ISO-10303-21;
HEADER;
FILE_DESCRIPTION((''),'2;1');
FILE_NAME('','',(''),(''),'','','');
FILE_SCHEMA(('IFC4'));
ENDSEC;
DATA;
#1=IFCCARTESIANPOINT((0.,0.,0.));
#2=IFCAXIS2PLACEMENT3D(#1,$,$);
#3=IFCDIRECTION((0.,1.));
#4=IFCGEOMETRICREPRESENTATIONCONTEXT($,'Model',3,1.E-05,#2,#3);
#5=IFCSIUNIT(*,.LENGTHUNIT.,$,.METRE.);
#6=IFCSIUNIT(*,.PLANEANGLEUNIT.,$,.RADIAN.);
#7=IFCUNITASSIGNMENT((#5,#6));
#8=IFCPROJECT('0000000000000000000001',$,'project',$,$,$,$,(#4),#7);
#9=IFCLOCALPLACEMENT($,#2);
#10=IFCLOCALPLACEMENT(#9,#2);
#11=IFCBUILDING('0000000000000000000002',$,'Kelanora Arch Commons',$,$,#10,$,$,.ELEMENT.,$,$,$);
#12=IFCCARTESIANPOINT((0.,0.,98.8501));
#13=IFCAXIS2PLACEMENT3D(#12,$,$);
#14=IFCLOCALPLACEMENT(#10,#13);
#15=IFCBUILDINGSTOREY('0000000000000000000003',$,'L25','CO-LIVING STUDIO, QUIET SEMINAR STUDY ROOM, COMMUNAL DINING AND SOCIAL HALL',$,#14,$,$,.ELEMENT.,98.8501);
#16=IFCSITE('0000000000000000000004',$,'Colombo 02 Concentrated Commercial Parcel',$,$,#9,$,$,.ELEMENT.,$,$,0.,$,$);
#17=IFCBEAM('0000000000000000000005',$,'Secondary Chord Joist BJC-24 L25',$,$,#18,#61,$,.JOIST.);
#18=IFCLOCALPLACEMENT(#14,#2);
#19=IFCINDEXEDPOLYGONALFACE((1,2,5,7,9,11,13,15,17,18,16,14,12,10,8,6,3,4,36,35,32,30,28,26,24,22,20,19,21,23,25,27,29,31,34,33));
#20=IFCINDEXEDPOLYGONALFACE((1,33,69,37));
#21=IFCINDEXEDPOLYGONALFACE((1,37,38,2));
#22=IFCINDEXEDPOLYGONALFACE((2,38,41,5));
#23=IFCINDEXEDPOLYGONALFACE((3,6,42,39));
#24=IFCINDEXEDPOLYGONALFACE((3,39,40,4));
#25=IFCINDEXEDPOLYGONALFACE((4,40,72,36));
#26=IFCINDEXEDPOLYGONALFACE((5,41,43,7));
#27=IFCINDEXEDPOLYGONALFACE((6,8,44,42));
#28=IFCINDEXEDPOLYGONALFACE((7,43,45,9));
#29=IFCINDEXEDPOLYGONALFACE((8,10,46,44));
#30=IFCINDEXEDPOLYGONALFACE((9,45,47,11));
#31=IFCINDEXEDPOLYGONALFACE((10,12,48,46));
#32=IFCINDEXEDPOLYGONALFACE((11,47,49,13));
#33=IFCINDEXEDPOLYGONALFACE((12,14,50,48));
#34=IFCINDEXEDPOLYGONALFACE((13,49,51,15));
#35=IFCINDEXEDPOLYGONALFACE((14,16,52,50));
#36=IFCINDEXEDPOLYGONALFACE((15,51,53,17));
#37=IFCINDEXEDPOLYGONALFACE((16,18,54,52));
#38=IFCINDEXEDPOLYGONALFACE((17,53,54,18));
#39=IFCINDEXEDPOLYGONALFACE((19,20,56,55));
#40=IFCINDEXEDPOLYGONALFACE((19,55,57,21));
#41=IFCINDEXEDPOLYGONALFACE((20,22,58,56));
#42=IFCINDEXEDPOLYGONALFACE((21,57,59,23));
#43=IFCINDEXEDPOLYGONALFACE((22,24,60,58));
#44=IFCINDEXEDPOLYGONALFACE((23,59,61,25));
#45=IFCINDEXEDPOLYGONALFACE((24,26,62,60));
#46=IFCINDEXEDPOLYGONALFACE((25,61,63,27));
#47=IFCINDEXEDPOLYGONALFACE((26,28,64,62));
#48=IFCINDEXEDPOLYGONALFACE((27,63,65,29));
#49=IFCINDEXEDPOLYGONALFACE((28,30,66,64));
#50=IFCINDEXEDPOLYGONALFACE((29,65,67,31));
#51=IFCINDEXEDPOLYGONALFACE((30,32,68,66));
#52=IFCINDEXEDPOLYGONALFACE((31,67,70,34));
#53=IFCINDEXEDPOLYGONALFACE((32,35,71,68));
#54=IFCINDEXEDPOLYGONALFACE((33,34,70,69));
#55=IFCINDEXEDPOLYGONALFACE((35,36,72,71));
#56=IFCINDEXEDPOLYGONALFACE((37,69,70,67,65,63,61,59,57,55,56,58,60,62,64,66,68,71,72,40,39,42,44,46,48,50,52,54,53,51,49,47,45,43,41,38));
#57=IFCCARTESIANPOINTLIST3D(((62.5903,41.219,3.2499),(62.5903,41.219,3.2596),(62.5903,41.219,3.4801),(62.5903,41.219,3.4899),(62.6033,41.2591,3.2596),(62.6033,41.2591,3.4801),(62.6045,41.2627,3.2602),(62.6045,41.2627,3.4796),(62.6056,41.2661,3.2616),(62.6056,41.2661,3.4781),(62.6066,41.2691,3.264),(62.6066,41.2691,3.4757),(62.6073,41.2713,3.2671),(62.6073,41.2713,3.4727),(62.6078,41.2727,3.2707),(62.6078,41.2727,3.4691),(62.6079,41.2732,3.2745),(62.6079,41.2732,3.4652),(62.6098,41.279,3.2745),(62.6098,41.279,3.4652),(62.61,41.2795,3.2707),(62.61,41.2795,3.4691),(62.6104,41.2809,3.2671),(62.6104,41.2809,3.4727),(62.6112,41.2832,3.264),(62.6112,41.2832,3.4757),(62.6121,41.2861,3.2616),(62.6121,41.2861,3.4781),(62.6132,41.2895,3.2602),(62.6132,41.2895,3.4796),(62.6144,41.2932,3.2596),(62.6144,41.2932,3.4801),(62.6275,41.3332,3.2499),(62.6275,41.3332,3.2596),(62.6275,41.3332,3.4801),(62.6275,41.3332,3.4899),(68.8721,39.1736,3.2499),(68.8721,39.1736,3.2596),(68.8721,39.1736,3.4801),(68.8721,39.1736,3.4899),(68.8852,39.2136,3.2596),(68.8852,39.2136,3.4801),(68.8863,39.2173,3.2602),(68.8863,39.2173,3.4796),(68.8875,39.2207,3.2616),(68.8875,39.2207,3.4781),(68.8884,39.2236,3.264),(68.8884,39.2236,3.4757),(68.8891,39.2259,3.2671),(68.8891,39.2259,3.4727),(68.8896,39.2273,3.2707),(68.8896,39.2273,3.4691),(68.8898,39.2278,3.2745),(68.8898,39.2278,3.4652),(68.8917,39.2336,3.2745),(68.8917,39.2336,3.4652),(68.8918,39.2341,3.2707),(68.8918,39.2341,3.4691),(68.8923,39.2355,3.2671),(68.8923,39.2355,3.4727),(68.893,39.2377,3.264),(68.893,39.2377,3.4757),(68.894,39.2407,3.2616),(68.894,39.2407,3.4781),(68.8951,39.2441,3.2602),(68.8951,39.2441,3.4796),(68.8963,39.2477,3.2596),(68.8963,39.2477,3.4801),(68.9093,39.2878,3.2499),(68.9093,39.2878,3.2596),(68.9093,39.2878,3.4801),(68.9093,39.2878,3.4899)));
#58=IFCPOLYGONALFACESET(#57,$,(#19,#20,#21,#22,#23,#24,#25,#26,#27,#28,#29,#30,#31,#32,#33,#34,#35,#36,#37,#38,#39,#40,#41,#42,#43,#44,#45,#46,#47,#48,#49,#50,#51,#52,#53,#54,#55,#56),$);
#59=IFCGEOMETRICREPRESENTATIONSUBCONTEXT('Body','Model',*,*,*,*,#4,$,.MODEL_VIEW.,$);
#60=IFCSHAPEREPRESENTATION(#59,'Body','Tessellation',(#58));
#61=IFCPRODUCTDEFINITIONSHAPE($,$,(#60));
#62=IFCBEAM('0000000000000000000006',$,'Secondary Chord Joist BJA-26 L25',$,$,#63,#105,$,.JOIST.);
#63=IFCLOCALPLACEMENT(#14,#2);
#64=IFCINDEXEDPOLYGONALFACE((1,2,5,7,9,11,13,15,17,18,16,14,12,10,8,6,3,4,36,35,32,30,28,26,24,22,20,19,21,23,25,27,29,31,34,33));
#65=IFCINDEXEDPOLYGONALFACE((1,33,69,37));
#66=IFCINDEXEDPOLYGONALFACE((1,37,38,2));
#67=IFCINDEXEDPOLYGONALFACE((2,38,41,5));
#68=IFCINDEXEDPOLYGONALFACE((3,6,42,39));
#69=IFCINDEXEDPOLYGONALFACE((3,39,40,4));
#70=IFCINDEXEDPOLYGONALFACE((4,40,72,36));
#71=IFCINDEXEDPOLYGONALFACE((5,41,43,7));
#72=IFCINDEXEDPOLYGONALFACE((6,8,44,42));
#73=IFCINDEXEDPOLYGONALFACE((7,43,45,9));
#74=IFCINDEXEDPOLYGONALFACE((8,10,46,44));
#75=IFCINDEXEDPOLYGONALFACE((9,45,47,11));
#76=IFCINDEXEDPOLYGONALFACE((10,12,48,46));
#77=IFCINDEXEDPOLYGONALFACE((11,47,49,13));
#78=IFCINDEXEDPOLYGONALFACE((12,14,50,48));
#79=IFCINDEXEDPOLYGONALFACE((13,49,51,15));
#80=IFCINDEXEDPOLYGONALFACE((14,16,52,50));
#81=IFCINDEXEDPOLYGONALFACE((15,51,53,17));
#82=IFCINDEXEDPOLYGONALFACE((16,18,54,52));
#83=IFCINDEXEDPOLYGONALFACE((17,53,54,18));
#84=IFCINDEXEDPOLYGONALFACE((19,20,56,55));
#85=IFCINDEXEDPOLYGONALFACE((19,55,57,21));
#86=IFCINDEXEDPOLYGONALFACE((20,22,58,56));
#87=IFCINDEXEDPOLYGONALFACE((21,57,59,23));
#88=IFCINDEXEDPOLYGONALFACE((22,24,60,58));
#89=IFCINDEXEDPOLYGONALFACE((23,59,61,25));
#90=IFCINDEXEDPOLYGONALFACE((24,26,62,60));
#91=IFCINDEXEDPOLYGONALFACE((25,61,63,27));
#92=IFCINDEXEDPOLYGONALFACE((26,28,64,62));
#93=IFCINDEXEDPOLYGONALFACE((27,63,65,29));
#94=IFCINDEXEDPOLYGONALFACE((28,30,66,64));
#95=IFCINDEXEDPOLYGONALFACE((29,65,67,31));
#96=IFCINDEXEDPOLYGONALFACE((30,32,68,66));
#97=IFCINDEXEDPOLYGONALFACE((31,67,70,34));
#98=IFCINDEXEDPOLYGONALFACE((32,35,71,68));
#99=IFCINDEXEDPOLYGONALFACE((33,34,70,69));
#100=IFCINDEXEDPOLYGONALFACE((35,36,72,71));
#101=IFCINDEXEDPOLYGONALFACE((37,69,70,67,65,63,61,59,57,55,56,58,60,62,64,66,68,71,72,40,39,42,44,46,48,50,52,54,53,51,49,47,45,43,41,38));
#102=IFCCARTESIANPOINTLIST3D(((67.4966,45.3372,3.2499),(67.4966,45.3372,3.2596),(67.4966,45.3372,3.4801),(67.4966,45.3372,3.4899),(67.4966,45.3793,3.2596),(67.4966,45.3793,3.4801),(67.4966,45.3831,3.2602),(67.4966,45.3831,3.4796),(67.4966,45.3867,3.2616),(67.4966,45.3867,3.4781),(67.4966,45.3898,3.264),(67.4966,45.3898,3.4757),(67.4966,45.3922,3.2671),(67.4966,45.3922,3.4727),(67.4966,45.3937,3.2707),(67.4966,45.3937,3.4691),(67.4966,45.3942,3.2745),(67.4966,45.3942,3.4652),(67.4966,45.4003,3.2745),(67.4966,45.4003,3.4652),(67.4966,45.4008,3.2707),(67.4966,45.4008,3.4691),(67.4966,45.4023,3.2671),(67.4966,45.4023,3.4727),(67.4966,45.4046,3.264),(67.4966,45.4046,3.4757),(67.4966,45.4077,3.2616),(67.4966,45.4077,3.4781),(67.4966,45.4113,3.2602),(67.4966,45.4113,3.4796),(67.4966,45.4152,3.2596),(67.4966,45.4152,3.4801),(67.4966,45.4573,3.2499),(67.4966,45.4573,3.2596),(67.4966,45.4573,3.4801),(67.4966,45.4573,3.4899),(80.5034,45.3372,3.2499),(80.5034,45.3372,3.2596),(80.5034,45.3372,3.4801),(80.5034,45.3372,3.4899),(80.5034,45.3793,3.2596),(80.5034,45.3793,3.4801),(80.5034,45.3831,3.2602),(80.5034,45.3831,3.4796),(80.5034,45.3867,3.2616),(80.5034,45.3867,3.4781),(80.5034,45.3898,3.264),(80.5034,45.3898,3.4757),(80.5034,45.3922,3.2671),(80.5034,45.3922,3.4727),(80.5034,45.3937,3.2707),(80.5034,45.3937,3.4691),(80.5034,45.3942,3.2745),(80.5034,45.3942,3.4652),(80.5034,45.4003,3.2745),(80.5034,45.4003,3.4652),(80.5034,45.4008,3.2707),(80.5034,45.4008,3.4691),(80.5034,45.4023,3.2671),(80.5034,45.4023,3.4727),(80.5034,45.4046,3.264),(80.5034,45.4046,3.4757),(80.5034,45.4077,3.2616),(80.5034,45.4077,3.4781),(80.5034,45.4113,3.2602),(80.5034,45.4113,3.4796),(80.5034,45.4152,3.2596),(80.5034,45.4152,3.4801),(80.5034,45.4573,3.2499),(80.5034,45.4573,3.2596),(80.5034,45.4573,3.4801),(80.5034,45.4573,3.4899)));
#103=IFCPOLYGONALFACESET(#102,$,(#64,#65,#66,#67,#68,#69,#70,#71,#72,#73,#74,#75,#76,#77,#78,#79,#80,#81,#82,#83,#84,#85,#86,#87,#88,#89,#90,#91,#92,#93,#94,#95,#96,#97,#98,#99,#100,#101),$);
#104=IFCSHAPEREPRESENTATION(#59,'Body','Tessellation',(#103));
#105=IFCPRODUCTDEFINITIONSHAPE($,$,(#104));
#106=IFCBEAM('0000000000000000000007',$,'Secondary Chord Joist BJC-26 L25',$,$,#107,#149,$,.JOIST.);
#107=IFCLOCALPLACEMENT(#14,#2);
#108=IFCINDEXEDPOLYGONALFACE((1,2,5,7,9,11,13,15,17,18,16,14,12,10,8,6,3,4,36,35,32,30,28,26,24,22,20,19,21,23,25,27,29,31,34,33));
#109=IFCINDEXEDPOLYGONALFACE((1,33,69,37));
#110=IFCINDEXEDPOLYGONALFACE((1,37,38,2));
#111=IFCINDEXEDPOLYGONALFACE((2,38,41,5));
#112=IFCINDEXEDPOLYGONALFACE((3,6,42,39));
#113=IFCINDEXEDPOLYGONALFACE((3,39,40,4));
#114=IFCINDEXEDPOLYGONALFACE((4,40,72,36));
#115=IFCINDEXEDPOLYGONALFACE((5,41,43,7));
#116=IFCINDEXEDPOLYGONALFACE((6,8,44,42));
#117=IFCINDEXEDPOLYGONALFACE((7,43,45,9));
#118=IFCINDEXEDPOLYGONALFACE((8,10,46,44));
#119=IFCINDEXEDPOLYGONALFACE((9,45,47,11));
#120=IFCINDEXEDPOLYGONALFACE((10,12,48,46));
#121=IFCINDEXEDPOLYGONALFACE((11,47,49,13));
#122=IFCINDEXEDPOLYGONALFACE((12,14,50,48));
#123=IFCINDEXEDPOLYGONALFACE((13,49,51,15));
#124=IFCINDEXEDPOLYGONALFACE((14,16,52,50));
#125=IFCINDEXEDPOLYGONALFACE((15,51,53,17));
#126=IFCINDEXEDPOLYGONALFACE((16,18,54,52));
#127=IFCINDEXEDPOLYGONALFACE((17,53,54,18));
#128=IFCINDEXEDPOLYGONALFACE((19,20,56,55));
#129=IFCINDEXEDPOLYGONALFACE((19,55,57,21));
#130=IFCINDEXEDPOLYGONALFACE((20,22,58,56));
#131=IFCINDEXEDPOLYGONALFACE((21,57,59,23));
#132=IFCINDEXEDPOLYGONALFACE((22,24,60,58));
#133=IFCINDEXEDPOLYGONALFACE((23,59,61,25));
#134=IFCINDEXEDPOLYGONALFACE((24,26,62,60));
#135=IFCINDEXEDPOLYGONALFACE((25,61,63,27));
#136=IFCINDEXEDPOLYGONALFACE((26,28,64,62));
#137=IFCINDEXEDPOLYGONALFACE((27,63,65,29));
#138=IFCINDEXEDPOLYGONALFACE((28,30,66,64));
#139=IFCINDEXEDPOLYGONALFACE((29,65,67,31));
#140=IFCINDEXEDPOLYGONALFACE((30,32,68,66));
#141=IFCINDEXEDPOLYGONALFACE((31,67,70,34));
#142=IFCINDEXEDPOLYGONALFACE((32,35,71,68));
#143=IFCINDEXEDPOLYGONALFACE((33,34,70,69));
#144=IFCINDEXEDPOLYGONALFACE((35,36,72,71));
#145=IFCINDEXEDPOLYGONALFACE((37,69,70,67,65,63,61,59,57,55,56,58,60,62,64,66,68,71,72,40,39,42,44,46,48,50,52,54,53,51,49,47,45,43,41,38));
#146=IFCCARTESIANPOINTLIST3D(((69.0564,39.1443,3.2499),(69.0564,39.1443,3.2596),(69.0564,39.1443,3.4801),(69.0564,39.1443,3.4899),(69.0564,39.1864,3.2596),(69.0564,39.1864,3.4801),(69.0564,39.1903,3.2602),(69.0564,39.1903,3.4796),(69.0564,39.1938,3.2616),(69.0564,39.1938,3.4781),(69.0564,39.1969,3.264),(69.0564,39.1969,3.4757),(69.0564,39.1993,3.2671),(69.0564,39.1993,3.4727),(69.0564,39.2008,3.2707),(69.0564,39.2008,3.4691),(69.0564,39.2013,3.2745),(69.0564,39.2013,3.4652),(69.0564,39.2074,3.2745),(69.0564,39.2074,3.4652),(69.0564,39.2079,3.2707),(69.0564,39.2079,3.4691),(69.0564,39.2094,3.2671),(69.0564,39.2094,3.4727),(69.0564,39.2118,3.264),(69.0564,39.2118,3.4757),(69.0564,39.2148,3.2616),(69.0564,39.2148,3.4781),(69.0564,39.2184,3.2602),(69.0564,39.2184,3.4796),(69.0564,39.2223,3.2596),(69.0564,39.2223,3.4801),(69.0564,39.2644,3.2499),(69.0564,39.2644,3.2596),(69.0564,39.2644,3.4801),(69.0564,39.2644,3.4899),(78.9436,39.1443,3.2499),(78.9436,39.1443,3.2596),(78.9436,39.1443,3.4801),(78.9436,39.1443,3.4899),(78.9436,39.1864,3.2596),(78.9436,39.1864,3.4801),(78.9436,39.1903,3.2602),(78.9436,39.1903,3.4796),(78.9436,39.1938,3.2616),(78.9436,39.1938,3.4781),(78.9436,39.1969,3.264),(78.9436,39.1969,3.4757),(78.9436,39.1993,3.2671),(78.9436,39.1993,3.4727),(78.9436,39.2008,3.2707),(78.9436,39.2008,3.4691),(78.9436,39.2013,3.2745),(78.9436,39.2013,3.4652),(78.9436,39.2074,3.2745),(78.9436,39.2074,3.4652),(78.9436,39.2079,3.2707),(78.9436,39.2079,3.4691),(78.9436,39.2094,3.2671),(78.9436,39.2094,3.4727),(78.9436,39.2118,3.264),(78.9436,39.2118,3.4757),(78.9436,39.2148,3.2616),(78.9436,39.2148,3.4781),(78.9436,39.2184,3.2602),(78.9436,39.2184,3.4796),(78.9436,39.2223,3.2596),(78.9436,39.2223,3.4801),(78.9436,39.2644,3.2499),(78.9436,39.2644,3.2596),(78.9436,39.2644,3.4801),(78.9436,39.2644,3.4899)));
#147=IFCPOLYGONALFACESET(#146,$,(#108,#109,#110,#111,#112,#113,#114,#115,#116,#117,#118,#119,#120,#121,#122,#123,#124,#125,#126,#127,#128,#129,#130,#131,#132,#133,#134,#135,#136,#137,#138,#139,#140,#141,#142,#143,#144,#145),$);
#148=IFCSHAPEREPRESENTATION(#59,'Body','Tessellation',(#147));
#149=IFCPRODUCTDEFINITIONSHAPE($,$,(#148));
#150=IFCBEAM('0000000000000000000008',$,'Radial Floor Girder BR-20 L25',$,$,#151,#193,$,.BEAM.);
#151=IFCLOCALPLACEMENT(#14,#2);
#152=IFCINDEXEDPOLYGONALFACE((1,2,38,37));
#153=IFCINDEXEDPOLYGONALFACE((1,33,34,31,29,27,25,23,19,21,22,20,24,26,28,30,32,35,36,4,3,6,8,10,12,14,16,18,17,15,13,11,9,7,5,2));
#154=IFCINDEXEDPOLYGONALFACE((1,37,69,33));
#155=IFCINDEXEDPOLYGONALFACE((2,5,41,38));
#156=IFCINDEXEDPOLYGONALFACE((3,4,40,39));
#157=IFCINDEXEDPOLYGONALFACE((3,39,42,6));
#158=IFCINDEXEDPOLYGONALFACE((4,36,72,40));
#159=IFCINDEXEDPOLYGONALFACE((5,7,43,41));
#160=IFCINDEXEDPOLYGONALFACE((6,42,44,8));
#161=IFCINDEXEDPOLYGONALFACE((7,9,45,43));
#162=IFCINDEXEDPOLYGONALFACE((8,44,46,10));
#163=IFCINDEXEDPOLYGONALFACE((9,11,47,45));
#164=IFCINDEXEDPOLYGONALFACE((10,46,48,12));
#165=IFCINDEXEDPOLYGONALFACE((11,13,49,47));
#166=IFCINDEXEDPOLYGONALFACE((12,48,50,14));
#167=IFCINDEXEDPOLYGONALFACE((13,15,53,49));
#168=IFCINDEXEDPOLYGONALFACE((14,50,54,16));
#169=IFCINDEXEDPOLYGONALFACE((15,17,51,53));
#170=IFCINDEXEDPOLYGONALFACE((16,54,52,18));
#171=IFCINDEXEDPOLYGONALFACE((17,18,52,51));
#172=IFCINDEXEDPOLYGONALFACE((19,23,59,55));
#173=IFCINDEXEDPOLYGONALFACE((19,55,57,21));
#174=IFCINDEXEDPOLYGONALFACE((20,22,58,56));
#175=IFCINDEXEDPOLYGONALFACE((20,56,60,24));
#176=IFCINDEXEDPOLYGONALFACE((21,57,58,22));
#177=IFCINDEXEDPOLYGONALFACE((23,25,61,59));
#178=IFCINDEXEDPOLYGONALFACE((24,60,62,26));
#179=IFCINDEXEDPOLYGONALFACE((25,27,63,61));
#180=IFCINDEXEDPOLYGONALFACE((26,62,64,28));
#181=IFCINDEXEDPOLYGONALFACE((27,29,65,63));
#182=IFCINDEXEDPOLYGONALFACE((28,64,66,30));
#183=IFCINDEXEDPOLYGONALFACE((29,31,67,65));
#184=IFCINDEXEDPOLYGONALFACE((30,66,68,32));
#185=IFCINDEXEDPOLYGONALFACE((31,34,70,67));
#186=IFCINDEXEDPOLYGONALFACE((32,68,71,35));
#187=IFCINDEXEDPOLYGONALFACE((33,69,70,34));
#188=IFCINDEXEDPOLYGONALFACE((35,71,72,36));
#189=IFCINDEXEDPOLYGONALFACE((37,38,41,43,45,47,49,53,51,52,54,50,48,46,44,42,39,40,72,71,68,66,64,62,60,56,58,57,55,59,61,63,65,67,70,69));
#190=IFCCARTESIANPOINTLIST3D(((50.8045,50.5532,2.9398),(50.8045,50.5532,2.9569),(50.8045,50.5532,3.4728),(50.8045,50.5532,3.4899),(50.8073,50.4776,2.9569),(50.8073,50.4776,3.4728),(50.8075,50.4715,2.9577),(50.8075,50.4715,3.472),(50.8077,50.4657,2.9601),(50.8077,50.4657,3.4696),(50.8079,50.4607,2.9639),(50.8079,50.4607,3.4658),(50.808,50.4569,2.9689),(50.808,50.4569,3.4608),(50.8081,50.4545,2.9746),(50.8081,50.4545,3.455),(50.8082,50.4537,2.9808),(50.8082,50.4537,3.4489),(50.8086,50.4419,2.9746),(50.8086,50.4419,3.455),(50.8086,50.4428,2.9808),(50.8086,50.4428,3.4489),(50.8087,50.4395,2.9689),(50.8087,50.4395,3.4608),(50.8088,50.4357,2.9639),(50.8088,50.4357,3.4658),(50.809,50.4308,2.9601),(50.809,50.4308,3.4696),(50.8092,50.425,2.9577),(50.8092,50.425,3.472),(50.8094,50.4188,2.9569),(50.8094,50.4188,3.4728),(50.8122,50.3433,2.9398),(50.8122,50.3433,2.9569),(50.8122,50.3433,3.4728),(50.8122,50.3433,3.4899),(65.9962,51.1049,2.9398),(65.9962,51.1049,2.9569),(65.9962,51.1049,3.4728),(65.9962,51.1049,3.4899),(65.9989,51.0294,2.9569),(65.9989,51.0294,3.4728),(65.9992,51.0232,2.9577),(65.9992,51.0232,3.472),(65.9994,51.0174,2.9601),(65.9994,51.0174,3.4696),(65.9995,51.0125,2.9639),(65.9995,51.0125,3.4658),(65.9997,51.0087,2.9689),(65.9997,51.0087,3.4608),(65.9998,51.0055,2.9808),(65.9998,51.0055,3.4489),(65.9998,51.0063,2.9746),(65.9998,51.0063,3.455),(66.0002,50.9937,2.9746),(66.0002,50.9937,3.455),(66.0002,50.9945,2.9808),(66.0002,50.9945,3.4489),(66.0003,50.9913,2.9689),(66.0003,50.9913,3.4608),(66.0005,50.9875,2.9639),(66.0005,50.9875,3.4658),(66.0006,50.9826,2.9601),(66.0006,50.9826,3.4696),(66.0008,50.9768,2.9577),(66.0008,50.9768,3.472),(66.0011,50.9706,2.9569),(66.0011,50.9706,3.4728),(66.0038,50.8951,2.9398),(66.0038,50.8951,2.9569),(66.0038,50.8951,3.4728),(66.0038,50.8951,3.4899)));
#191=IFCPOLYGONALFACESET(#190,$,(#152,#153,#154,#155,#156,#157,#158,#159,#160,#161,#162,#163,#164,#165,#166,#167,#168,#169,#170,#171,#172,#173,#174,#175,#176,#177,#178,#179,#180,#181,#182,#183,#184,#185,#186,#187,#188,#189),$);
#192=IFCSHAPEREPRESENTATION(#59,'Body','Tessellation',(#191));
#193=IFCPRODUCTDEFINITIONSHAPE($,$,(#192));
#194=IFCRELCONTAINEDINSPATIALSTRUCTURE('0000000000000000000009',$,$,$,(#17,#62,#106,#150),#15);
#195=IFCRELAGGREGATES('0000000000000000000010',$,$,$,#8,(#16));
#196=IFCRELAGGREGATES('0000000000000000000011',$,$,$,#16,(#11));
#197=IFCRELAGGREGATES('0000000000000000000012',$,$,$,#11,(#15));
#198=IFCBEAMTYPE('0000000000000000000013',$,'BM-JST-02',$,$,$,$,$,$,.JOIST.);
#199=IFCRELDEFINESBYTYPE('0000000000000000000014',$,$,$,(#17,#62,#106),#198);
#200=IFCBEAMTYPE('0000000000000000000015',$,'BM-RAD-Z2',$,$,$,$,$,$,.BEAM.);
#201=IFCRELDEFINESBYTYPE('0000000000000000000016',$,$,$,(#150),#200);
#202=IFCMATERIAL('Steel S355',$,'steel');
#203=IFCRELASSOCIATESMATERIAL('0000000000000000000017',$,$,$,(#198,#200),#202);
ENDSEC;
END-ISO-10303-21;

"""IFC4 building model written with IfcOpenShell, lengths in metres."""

from ifc_helpers import new_model, si_unit, direction, frame, origin, origin_2d, place, context, subcontext, project, spatial, i_section, extrude, material, material_profile, profile_set, type_object, element, save


model = new_model("IFC4")

# Units and contexts
model_context = context("Model", 3, precision=1e-05, world=origin(), true_north=direction((0.0, 1.0)))
body_context = subcontext(model_context, "Body", "Model", "MODEL_VIEW")
ifc_project = project(units=[si_unit("LENGTHUNIT", "METRE"), si_unit("PLANEANGLEUNIT", "RADIAN")], contexts=[model_context])

# Site, building, storey
site_placement = place(None, origin())
site = spatial("IfcSite", under=ifc_project, at=site_placement, Name="Colombo 02 Concentrated Commercial Parcel", CompositionType="ELEMENT", RefElevation=0.0)
building_placement = place(site_placement, origin())
building = spatial("IfcBuilding", under=site, at=building_placement, Name="Kelanora Arch Commons", CompositionType="ELEMENT")
storey_placement = place(building_placement, frame((0.0, 0.0, 98.8501)))
storey = spatial("IfcBuildingStorey", under=building, at=storey_placement, Name="L25", Description="CO-LIVING STUDIO, QUIET SEMINAR STUDY ROOM, COMMUNAL DINING AND SOCIAL HALL", CompositionType="ELEMENT", Elevation=98.8501)

# Beams
ifc_material_1 = material(Name="Steel S355", Category="steel")
ifc_material_profile_1 = material_profile(ifc_material_1, i_section(OverallWidth=0.1201, OverallDepth=0.24, WebThickness=0.0061, FlangeThickness=0.0098, FilletRadius=0.0149, at=origin_2d()), Name="IPE240")
ifc_profile_set_1 = profile_set([ifc_material_profile_1], Name="Steel S355")
beam_type_1 = type_object("IfcBeamType", Name="BM-JST-02", PredefinedType="JOIST", material=ifc_profile_set_1)
beam_1_placement = place(storey_placement, frame((62.6089, 41.2761, 3.3699), z_axis=(0.950863, -0.309612, 0.0), x_axis=(0.309612, 0.950863, 0.0)))
element("IfcBeam", 1, at=beam_1_placement, inside=storey, type_object=beam_type_1, Name="Secondary Chord Joist BJC-24 L25", PredefinedType="JOIST", context=body_context, shape_type="SweptSolid", body=[
    extrude(i_section(OverallWidth=0.1201, OverallDepth=0.24, WebThickness=0.0061, FlangeThickness=0.0098, FilletRadius=0.0149, at=origin_2d()), origin(), (0.0, 0.0, 1.0), 6.6064),
])
beam_2_placement = place(storey_placement, frame((67.4966, 45.3972, 3.3699), z_axis=(1.0, 0.0, 0.0), x_axis=(0.0, 1.0, 0.0)))
element("IfcBeam", 2, at=beam_2_placement, inside=storey, type_object=beam_type_1, Name="Secondary Chord Joist BJA-26 L25", PredefinedType="JOIST", context=body_context, shape_type="SweptSolid", body=[
    extrude(i_section(OverallWidth=0.1201, OverallDepth=0.24, WebThickness=0.0061, FlangeThickness=0.0098, FilletRadius=0.0149, at=origin_2d()), origin(), (0.0, 0.0, 1.0), 13.0068),
])
beam_3_placement = place(storey_placement, frame((69.0564, 39.2043, 3.3699), z_axis=(1.0, 0.0, 0.0), x_axis=(0.0, 1.0, 0.0)))
element("IfcBeam", 3, at=beam_3_placement, inside=storey, type_object=beam_type_1, Name="Secondary Chord Joist BJC-26 L25", PredefinedType="JOIST", context=body_context, shape_type="SweptSolid", body=[
    extrude(i_section(OverallWidth=0.1201, OverallDepth=0.24, WebThickness=0.0061, FlangeThickness=0.0098, FilletRadius=0.0149, at=origin_2d()), origin(), (0.0, 0.0, 1.0), 9.8872),
])
ifc_material_profile_2 = material_profile(ifc_material_1, i_section(OverallWidth=0.21, OverallDepth=0.55, WebThickness=0.011, FlangeThickness=0.0171, FilletRadius=0.0239, at=origin_2d()), Name="IPE550")
ifc_profile_set_2 = profile_set([ifc_material_profile_2], Name="Steel S355")
beam_type_2 = type_object("IfcBeamType", Name="BM-RAD-Z2", PredefinedType="BEAM", material=ifc_profile_set_2)
beam_4_placement = place(storey_placement, frame((66.0, 51.0, 3.2148), z_axis=(-0.999341, -0.036296, 0.0), x_axis=(0.036296, -0.999341, 0.0)))
element("IfcBeam", 4, at=beam_4_placement, inside=storey, type_object=beam_type_2, Name="Radial Floor Girder BR-20 L25", PredefinedType="BEAM", context=body_context, shape_type="SweptSolid", body=[
    extrude(i_section(OverallWidth=0.21, OverallDepth=0.55, WebThickness=0.011, FlangeThickness=0.0171, FilletRadius=0.0239, at=origin_2d()), origin(), (0.0, 0.0, 1.0), 15.2017),
])

save(model, "model.ifc")
